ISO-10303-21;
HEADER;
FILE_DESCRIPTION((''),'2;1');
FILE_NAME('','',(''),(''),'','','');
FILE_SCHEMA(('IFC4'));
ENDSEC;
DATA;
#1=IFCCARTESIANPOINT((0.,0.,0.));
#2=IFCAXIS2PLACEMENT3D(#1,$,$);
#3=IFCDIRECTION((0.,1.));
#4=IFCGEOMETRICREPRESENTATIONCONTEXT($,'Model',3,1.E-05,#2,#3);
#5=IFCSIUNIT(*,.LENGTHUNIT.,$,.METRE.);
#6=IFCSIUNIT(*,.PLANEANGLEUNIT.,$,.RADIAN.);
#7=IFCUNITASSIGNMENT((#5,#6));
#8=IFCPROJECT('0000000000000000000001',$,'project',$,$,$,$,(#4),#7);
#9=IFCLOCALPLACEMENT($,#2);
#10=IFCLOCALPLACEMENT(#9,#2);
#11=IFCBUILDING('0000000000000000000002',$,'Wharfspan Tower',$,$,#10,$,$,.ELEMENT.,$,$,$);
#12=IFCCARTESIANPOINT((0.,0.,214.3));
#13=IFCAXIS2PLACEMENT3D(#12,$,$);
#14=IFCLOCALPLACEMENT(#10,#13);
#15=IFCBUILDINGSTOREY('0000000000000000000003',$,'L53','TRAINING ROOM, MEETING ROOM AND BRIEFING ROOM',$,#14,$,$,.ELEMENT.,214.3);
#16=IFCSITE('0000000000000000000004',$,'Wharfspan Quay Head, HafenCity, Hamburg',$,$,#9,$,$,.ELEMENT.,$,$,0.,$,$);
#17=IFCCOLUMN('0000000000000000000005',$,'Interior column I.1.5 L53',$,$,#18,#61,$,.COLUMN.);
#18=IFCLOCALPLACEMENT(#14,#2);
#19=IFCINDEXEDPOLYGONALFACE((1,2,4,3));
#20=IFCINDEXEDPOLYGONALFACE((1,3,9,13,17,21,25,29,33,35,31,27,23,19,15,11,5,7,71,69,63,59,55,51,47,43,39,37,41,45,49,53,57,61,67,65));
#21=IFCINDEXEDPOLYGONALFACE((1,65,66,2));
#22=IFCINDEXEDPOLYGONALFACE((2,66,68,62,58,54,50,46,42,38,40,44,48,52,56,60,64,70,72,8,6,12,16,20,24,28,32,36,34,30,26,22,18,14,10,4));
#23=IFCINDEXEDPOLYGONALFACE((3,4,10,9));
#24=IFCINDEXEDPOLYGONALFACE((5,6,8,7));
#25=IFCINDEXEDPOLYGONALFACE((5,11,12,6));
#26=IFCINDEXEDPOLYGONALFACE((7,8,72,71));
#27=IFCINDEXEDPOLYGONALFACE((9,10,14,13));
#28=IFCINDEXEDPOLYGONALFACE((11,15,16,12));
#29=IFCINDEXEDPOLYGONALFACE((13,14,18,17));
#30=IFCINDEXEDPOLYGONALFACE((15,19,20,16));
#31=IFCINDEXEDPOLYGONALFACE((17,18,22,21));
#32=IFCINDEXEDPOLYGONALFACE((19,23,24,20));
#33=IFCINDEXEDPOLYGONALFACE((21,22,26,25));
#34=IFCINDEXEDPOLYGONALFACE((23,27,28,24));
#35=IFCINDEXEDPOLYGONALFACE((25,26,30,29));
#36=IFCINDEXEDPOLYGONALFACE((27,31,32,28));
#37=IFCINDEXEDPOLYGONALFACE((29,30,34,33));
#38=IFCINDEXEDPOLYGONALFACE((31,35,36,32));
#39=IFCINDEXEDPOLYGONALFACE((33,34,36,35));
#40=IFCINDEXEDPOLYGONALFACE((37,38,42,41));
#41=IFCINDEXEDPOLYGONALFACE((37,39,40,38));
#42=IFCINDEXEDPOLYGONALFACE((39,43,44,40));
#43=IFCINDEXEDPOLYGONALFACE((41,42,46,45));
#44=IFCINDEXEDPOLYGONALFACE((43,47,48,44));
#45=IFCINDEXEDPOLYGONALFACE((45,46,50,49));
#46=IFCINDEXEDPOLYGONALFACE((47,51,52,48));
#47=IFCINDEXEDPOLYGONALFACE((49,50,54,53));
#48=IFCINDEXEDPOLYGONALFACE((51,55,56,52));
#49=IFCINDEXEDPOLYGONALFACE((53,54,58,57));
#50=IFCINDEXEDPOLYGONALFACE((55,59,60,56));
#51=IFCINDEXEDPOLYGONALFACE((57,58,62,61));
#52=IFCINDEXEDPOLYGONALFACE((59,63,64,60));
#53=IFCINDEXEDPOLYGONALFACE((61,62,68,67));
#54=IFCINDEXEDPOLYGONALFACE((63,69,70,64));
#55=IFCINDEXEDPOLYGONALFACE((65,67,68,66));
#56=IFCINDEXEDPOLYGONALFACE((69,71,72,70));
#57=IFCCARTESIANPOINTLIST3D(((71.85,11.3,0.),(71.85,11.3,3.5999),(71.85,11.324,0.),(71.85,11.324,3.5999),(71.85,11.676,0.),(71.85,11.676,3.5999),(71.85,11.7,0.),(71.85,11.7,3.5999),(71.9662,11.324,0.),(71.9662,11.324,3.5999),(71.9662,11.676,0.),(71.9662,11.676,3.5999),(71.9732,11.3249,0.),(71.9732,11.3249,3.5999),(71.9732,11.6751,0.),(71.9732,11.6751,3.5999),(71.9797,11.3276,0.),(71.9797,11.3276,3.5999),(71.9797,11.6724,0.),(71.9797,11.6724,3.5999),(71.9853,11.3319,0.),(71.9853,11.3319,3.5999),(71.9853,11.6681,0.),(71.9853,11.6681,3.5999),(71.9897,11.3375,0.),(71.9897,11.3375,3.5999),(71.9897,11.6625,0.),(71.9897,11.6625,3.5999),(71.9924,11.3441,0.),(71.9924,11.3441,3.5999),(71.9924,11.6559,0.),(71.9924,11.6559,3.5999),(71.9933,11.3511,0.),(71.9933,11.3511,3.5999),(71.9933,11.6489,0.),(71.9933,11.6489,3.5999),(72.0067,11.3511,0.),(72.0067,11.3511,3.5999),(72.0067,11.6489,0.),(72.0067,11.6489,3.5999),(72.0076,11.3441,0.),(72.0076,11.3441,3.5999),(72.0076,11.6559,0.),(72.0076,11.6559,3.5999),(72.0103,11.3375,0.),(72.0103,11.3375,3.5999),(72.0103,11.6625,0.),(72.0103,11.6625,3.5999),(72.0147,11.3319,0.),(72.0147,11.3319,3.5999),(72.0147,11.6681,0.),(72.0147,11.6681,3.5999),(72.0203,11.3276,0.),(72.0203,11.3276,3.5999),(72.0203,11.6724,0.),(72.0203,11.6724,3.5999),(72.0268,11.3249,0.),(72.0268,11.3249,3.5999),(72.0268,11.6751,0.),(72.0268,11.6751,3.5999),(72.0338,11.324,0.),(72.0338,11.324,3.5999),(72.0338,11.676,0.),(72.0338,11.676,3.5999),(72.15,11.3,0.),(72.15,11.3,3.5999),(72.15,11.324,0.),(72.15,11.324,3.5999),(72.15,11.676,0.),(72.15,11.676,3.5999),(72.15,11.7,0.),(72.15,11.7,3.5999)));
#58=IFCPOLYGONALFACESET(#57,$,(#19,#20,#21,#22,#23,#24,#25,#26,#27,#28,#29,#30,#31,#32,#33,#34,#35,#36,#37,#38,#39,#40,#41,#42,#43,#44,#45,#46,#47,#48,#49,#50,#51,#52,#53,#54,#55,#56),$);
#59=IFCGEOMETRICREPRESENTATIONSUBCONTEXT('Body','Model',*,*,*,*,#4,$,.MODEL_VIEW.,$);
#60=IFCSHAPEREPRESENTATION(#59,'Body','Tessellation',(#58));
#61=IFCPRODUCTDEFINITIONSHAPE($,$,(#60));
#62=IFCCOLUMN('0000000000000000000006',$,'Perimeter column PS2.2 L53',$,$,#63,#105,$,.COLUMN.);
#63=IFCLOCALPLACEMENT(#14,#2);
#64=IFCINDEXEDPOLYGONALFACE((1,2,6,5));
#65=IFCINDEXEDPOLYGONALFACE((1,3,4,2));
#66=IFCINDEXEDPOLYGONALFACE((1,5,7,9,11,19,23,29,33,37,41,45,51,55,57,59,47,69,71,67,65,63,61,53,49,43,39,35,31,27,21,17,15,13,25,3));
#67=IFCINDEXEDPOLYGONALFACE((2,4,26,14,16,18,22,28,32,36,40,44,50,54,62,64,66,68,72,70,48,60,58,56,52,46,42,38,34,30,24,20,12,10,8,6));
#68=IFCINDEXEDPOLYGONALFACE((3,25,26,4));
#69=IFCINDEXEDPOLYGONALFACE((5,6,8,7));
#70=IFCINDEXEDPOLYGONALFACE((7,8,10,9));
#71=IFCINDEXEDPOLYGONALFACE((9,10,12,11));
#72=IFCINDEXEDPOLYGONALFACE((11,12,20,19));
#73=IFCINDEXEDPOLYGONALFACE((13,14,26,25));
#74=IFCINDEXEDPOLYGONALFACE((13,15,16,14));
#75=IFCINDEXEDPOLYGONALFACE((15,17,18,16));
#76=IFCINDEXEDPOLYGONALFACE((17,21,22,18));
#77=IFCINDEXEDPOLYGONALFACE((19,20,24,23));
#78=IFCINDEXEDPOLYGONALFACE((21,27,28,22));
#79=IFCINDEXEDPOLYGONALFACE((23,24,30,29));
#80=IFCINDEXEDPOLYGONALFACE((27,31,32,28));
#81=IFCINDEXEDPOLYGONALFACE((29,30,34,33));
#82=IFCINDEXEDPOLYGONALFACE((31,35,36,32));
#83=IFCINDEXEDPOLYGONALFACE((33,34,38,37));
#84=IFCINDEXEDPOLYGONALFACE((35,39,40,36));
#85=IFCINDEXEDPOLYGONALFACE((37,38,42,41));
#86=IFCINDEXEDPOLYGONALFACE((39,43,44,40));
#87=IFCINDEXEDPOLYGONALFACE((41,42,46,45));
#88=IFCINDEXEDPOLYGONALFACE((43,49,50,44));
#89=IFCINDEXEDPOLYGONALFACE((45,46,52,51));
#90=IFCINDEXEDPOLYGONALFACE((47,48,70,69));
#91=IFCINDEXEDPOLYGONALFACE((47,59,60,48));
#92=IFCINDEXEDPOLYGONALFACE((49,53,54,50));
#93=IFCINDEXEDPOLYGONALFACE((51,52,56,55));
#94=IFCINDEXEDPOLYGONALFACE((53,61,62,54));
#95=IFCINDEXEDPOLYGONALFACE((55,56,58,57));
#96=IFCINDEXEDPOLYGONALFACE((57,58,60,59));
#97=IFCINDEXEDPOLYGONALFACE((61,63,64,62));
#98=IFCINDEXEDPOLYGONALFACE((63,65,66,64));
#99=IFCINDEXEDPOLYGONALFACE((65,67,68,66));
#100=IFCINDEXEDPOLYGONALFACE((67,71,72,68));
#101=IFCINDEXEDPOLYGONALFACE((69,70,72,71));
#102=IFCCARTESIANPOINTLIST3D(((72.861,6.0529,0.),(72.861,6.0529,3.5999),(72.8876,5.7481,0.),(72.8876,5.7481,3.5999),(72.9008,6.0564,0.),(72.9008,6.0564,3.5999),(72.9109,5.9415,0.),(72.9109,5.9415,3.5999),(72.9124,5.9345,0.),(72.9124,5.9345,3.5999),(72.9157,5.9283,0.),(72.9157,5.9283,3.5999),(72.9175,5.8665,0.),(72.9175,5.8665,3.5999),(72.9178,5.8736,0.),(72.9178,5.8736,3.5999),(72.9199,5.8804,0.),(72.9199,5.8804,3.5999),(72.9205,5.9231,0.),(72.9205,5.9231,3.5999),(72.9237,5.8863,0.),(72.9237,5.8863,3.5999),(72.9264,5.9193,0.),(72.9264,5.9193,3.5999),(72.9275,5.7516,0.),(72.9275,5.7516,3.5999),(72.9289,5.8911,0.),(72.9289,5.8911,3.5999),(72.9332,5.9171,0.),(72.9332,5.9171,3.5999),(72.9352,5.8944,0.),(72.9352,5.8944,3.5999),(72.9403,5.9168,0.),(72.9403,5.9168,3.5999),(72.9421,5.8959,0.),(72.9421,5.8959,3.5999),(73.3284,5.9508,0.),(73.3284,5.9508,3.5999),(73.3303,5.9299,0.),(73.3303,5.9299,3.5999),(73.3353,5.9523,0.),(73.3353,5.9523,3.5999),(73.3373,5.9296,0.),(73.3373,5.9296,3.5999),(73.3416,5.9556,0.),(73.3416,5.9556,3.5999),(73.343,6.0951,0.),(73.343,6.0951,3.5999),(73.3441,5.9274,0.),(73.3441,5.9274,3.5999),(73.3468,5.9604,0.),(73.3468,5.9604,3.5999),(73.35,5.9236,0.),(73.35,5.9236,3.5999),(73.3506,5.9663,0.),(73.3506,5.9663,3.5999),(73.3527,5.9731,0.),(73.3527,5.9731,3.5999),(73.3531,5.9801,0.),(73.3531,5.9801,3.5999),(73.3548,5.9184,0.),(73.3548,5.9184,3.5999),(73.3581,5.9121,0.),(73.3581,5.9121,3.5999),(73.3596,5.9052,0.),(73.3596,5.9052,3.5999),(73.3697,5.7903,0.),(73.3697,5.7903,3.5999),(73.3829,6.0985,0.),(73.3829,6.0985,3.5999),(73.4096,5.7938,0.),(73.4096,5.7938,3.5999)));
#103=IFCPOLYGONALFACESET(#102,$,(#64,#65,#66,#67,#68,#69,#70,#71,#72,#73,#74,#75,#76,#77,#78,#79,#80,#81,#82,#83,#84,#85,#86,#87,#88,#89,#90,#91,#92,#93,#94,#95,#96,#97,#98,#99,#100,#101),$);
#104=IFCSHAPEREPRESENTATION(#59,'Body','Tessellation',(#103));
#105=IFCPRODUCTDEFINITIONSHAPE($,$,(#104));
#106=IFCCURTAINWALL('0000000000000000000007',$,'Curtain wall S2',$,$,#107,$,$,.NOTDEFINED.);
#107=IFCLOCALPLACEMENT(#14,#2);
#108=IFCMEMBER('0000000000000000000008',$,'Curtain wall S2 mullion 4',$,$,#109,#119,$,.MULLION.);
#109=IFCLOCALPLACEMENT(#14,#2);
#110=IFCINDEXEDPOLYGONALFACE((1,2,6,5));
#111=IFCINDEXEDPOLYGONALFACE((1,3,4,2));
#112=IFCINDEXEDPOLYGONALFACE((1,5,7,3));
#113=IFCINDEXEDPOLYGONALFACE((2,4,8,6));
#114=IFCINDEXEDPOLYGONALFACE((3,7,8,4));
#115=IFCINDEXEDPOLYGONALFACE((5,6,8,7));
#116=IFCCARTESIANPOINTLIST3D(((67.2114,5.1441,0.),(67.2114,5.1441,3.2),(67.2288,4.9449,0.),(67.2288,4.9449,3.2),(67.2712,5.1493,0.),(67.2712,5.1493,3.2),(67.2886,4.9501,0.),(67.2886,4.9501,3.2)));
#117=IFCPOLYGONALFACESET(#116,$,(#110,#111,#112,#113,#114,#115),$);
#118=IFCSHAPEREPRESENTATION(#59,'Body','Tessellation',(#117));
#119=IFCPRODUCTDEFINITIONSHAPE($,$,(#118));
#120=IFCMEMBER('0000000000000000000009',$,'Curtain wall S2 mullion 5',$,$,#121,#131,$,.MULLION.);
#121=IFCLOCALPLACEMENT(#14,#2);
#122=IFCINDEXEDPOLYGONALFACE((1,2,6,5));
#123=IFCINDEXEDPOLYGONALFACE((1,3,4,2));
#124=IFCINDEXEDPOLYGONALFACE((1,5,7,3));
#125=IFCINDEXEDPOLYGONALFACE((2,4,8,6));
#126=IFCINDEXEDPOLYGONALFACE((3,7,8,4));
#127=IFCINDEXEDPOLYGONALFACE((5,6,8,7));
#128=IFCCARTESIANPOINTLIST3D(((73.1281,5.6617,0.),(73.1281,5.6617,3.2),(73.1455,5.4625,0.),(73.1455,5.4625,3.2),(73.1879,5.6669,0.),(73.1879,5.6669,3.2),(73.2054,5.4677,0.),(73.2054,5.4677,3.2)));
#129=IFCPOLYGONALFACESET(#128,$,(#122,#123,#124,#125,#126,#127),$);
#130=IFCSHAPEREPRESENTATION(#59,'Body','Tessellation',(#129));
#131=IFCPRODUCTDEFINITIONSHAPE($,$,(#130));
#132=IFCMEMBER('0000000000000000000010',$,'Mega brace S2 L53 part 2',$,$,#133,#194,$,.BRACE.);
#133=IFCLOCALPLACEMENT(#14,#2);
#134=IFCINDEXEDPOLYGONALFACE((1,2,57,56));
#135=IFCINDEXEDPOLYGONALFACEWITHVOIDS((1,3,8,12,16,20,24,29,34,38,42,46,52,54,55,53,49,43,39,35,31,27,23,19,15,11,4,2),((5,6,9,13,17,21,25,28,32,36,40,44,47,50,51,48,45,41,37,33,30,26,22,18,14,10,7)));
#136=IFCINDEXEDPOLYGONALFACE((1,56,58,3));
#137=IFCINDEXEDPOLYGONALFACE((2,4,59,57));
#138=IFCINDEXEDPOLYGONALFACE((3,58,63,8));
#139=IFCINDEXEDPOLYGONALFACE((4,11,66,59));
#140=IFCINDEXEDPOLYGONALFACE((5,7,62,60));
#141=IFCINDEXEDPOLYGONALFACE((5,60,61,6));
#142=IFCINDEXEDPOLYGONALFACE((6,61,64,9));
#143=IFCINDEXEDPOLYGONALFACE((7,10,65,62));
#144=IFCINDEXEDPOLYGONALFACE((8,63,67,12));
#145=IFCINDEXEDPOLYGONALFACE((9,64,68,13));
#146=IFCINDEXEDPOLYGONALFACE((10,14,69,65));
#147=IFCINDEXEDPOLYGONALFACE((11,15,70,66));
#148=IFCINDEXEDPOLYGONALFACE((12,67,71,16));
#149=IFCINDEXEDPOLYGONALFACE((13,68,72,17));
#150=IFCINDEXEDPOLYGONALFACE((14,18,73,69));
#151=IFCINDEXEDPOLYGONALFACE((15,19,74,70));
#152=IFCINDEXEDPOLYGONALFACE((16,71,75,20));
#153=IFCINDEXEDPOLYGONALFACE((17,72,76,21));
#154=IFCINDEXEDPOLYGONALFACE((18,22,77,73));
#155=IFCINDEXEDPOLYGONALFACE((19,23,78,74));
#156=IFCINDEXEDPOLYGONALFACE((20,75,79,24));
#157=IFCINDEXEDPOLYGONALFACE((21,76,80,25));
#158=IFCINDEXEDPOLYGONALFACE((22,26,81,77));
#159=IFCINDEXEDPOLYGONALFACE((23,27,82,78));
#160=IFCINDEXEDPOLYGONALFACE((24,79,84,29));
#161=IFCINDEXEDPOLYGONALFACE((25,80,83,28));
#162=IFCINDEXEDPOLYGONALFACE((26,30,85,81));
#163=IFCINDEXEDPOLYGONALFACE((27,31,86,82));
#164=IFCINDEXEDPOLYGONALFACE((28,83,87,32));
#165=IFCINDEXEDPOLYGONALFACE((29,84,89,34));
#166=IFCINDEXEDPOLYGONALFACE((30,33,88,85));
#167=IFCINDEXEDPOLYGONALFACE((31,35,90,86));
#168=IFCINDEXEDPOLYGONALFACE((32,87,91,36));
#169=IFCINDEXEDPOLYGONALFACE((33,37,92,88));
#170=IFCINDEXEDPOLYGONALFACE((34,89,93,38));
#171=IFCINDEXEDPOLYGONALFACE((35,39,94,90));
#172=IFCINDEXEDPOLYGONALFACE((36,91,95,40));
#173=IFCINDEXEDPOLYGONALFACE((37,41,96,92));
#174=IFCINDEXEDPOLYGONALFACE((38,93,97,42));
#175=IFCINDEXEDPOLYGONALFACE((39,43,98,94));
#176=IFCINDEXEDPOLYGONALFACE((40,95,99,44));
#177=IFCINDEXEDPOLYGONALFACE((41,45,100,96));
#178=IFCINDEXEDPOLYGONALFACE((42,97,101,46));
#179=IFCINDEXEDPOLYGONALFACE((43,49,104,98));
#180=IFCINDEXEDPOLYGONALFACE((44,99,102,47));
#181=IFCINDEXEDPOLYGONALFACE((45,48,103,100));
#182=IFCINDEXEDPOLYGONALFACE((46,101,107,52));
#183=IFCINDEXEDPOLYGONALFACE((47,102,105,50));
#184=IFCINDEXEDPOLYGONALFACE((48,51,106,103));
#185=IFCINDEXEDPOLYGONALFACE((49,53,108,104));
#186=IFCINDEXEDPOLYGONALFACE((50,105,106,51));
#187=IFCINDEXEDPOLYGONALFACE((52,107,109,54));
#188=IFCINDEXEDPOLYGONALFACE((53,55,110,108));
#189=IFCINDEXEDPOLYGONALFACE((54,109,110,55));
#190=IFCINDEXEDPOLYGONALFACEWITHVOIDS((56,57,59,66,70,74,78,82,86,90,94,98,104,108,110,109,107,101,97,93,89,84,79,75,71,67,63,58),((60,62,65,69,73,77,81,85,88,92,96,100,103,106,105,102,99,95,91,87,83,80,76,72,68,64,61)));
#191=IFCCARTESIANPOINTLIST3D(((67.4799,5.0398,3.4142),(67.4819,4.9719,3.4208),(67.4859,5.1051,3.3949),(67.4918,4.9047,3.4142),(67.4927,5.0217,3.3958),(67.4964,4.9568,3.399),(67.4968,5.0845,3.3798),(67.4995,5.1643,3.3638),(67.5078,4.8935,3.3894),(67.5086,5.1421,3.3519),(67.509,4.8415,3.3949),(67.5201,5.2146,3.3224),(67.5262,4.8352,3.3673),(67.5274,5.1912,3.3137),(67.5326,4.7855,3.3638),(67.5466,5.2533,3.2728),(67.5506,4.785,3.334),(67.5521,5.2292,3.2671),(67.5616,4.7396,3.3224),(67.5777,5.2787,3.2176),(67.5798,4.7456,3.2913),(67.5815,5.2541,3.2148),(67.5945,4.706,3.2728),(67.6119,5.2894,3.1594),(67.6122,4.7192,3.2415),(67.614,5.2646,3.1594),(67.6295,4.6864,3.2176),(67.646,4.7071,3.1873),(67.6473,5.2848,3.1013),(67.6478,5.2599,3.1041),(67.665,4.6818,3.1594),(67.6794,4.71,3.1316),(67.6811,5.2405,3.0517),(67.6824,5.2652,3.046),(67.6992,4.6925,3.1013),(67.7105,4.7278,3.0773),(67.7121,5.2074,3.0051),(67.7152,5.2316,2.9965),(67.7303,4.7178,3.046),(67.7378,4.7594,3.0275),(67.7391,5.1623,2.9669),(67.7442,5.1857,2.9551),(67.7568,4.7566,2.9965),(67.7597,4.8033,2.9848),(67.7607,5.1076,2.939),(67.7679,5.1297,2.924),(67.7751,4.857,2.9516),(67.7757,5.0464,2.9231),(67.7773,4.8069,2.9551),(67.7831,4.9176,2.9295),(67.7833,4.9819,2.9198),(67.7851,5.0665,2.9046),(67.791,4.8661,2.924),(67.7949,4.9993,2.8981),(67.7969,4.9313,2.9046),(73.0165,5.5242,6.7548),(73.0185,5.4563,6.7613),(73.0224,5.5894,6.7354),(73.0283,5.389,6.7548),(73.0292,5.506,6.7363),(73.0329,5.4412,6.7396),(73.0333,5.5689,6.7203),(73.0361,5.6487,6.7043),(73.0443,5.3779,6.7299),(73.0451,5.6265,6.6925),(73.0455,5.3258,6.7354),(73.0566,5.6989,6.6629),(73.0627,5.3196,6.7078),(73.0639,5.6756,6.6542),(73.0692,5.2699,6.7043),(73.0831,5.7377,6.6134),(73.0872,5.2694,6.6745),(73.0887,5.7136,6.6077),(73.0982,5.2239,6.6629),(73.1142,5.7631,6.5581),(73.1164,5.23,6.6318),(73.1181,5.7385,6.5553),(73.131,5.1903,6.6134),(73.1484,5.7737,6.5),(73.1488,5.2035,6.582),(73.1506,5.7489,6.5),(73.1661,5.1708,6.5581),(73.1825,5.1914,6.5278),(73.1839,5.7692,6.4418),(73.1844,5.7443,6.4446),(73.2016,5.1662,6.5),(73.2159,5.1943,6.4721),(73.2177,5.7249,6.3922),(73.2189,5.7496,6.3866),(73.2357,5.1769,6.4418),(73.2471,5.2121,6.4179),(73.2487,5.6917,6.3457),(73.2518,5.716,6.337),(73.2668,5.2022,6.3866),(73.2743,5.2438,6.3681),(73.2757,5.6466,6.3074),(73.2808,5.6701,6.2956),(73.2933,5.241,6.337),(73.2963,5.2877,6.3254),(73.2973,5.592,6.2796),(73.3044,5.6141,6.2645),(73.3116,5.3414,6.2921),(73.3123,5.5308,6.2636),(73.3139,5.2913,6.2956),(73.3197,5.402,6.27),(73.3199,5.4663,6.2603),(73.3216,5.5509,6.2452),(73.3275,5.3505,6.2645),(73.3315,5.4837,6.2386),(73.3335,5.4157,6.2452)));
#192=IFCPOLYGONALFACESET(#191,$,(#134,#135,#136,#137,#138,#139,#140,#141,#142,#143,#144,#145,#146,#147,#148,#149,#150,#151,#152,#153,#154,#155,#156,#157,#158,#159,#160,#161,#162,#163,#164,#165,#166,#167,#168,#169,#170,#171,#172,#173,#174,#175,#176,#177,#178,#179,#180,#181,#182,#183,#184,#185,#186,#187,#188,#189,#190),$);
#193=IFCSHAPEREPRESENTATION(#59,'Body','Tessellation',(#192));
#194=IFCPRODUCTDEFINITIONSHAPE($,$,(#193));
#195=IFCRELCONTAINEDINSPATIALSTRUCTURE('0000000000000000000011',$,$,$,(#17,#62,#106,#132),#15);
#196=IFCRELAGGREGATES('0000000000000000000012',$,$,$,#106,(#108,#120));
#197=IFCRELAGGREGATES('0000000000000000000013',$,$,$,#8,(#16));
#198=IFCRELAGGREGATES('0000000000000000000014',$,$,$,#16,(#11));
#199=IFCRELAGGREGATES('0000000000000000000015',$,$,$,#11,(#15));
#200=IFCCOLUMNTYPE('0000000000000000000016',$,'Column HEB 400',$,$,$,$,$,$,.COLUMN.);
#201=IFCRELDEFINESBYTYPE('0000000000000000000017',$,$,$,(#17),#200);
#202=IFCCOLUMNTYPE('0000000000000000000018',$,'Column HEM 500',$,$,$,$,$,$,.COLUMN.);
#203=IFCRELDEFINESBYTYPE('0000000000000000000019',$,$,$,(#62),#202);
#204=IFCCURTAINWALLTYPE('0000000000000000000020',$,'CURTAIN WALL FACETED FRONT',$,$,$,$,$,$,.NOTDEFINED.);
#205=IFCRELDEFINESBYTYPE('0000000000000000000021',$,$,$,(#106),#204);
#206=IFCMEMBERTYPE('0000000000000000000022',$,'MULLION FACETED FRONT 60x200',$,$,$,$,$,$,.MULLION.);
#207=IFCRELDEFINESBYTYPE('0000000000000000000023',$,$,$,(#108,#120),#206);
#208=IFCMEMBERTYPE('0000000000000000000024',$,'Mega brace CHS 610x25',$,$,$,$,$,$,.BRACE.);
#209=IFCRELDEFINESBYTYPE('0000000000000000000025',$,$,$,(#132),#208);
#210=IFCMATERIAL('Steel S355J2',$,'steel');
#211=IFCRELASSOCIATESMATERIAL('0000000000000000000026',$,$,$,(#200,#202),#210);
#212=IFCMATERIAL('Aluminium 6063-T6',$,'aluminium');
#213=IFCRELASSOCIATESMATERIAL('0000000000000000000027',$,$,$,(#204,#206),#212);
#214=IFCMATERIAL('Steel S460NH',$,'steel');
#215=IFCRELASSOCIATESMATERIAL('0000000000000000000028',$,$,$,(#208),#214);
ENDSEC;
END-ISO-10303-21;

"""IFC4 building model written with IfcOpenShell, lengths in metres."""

from ifc_helpers import new_model, si_unit, direction, frame, origin, origin_2d, place, context, subcontext, project, spatial, rectangle, hollow_circle, i_section, extrude, material, material_profile, profile_set, type_object, element, aggregate, save


model = new_model("IFC4")

# Units and contexts
model_context = context("Model", 3, precision=1e-05, world=origin(), true_north=direction((0.0, 1.0)))
body_context = subcontext(model_context, "Body", "Model", "MODEL_VIEW")
ifc_project = project(units=[si_unit("LENGTHUNIT", "METRE"), si_unit("PLANEANGLEUNIT", "RADIAN")], contexts=[model_context])

# Site, building, storey
site_placement = place(None, origin())
site = spatial("IfcSite", under=ifc_project, at=site_placement, Name="Wharfspan Quay Head, HafenCity, Hamburg", CompositionType="ELEMENT", RefElevation=0.0)
building_placement = place(site_placement, origin())
building = spatial("IfcBuilding", under=site, at=building_placement, Name="Wharfspan Tower", CompositionType="ELEMENT")
storey_placement = place(building_placement, frame((0.0, 0.0, 214.3)))
storey = spatial("IfcBuildingStorey", under=building, at=storey_placement, Name="L53", Description="TRAINING ROOM, MEETING ROOM AND BRIEFING ROOM", CompositionType="ELEMENT", Elevation=214.3)

# Columns
ifc_material_1 = material(Name="Steel S355J2", Category="steel")
ifc_material_profile_1 = material_profile(ifc_material_1, i_section(OverallWidth=0.3, OverallDepth=0.3999, WebThickness=0.0134, FlangeThickness=0.0239, FilletRadius=0.0271, at=origin_2d()))
ifc_profile_set_1 = profile_set([ifc_material_profile_1], Name="Steel S355J2")
column_type_1 = type_object("IfcColumnType", Name="Column HEB 400", PredefinedType="COLUMN", material=ifc_profile_set_1)
column_1_placement = place(storey_placement, frame((72.0, 11.5, 0.0), z_axis=(0.0, 0.0, 1.0), x_axis=(1.0, 0.0, 0.0)))
element("IfcColumn", 1, at=column_1_placement, inside=storey, type_object=column_type_1, Name="Interior column I.1.5 L53", PredefinedType="COLUMN", context=body_context, shape_type="SweptSolid", body=[
    extrude(i_section(OverallWidth=0.3, OverallDepth=0.3999, WebThickness=0.0134, FlangeThickness=0.0239, FilletRadius=0.0271, at=origin_2d()), origin(), (0.0, 0.0, 1.0), 3.5999),
])
ifc_material_profile_2 = material_profile(ifc_material_1, i_section(OverallWidth=0.3059, OverallDepth=0.5239, WebThickness=0.021, FlangeThickness=0.04, FilletRadius=0.0271, at=origin_2d()))
ifc_profile_set_2 = profile_set([ifc_material_profile_2], Name="Steel S355J2")
column_type_2 = type_object("IfcColumnType", Name="Column HEM 500", PredefinedType="COLUMN", material=ifc_profile_set_2)
column_2_placement = place(storey_placement, frame((73.1353, 5.9233, 0.0), z_axis=(0.0, 0.0, 1.0), x_axis=(0.087156, -0.996197, 0.0)))
element("IfcColumn", 2, at=column_2_placement, inside=storey, type_object=column_type_2, Name="Perimeter column PS2.2 L53", PredefinedType="COLUMN", context=body_context, shape_type="SweptSolid", body=[
    extrude(i_section(OverallWidth=0.3059, OverallDepth=0.5239, WebThickness=0.021, FlangeThickness=0.04, FilletRadius=0.0271, at=origin_2d()), origin(), (0.0, 0.0, 1.0), 3.5999),
])

# Curtain wall, members
ifc_material_2 = material(Name="Aluminium 6063-T6", Category="aluminium")
curtain_wall_type = type_object("IfcCurtainWallType", Name="CURTAIN WALL FACETED FRONT", PredefinedType="NOTDEFINED", material=ifc_material_2)
curtain_wall_placement = place(storey_placement, origin())
curtain_wall = element("IfcCurtainWall", 3, at=curtain_wall_placement, inside=storey, type_object=curtain_wall_type, Name="Curtain wall S2", PredefinedType="NOTDEFINED")
ifc_material_profile_3 = material_profile(ifc_material_2, rectangle(XDim=0.2, YDim=0.0601, at=origin_2d()))
ifc_profile_set_3 = profile_set([ifc_material_profile_3], Name="Aluminium 6063-T6")
member_type_1 = type_object("IfcMemberType", Name="MULLION FACETED FRONT 60x200", PredefinedType="MULLION", material=ifc_profile_set_3)
member_1_placement = place(storey_placement, frame((67.25, 5.0471, 0.0), z_axis=(0.0, 0.0, 1.0), x_axis=(-0.087156, 0.996197, 0.0)))
member_1 = element("IfcMember", 4, at=member_1_placement, type_object=member_type_1, Name="Curtain wall S2 mullion 4", PredefinedType="MULLION", context=body_context, shape_type="SweptSolid", body=[
    extrude(rectangle(XDim=0.2, YDim=0.0601, at=origin_2d()), origin(), (0.0, 0.0, 1.0), 3.2),
])
member_2_placement = place(storey_placement, frame((73.1667, 5.5647, 0.0), z_axis=(0.0, 0.0, 1.0), x_axis=(-0.087156, 0.996197, 0.0)))
member_2 = element("IfcMember", 5, at=member_2_placement, type_object=member_type_1, Name="Curtain wall S2 mullion 5", PredefinedType="MULLION", context=body_context, shape_type="SweptSolid", body=[
    extrude(rectangle(XDim=0.2, YDim=0.0601, at=origin_2d()), origin(), (0.0, 0.0, 1.0), 3.2),
])

# Member
ifc_material_3 = material(Name="Steel S460NH", Category="steel")
ifc_material_profile_4 = material_profile(ifc_material_3, hollow_circle(Radius=0.3049, WallThickness=0.0249, at=origin_2d()))
ifc_profile_set_4 = profile_set([ifc_material_profile_4], Name="Steel S460NH")
member_type_2 = type_object("IfcMemberType", Name="Mega brace CHS 610x25", PredefinedType="BRACE", material=ifc_profile_set_4)
for number, where, z_axis, x_axis, name in (
    (6, (67.6384, 4.9856, 3.1594), (0.853829, 0.074698, 0.515166), (-0.087155, 0.996197, 0.000003), "Mega brace S2 L53 part 2"),
):
    element("IfcMember", number, at=place(storey_placement, frame(where, z_axis=z_axis, x_axis=x_axis)), inside=storey, type_object=member_type_2, Name=name, PredefinedType="BRACE", context=body_context, shape_type="SweptSolid", body=[
        extrude(hollow_circle(Radius=0.3049, WallThickness=0.0249, at=origin_2d()), origin(), (0.0, 0.0, 1.0), 6.4844),
    ])

aggregate(curtain_wall, [member_1, member_2])

save(model, "model.ifc")
